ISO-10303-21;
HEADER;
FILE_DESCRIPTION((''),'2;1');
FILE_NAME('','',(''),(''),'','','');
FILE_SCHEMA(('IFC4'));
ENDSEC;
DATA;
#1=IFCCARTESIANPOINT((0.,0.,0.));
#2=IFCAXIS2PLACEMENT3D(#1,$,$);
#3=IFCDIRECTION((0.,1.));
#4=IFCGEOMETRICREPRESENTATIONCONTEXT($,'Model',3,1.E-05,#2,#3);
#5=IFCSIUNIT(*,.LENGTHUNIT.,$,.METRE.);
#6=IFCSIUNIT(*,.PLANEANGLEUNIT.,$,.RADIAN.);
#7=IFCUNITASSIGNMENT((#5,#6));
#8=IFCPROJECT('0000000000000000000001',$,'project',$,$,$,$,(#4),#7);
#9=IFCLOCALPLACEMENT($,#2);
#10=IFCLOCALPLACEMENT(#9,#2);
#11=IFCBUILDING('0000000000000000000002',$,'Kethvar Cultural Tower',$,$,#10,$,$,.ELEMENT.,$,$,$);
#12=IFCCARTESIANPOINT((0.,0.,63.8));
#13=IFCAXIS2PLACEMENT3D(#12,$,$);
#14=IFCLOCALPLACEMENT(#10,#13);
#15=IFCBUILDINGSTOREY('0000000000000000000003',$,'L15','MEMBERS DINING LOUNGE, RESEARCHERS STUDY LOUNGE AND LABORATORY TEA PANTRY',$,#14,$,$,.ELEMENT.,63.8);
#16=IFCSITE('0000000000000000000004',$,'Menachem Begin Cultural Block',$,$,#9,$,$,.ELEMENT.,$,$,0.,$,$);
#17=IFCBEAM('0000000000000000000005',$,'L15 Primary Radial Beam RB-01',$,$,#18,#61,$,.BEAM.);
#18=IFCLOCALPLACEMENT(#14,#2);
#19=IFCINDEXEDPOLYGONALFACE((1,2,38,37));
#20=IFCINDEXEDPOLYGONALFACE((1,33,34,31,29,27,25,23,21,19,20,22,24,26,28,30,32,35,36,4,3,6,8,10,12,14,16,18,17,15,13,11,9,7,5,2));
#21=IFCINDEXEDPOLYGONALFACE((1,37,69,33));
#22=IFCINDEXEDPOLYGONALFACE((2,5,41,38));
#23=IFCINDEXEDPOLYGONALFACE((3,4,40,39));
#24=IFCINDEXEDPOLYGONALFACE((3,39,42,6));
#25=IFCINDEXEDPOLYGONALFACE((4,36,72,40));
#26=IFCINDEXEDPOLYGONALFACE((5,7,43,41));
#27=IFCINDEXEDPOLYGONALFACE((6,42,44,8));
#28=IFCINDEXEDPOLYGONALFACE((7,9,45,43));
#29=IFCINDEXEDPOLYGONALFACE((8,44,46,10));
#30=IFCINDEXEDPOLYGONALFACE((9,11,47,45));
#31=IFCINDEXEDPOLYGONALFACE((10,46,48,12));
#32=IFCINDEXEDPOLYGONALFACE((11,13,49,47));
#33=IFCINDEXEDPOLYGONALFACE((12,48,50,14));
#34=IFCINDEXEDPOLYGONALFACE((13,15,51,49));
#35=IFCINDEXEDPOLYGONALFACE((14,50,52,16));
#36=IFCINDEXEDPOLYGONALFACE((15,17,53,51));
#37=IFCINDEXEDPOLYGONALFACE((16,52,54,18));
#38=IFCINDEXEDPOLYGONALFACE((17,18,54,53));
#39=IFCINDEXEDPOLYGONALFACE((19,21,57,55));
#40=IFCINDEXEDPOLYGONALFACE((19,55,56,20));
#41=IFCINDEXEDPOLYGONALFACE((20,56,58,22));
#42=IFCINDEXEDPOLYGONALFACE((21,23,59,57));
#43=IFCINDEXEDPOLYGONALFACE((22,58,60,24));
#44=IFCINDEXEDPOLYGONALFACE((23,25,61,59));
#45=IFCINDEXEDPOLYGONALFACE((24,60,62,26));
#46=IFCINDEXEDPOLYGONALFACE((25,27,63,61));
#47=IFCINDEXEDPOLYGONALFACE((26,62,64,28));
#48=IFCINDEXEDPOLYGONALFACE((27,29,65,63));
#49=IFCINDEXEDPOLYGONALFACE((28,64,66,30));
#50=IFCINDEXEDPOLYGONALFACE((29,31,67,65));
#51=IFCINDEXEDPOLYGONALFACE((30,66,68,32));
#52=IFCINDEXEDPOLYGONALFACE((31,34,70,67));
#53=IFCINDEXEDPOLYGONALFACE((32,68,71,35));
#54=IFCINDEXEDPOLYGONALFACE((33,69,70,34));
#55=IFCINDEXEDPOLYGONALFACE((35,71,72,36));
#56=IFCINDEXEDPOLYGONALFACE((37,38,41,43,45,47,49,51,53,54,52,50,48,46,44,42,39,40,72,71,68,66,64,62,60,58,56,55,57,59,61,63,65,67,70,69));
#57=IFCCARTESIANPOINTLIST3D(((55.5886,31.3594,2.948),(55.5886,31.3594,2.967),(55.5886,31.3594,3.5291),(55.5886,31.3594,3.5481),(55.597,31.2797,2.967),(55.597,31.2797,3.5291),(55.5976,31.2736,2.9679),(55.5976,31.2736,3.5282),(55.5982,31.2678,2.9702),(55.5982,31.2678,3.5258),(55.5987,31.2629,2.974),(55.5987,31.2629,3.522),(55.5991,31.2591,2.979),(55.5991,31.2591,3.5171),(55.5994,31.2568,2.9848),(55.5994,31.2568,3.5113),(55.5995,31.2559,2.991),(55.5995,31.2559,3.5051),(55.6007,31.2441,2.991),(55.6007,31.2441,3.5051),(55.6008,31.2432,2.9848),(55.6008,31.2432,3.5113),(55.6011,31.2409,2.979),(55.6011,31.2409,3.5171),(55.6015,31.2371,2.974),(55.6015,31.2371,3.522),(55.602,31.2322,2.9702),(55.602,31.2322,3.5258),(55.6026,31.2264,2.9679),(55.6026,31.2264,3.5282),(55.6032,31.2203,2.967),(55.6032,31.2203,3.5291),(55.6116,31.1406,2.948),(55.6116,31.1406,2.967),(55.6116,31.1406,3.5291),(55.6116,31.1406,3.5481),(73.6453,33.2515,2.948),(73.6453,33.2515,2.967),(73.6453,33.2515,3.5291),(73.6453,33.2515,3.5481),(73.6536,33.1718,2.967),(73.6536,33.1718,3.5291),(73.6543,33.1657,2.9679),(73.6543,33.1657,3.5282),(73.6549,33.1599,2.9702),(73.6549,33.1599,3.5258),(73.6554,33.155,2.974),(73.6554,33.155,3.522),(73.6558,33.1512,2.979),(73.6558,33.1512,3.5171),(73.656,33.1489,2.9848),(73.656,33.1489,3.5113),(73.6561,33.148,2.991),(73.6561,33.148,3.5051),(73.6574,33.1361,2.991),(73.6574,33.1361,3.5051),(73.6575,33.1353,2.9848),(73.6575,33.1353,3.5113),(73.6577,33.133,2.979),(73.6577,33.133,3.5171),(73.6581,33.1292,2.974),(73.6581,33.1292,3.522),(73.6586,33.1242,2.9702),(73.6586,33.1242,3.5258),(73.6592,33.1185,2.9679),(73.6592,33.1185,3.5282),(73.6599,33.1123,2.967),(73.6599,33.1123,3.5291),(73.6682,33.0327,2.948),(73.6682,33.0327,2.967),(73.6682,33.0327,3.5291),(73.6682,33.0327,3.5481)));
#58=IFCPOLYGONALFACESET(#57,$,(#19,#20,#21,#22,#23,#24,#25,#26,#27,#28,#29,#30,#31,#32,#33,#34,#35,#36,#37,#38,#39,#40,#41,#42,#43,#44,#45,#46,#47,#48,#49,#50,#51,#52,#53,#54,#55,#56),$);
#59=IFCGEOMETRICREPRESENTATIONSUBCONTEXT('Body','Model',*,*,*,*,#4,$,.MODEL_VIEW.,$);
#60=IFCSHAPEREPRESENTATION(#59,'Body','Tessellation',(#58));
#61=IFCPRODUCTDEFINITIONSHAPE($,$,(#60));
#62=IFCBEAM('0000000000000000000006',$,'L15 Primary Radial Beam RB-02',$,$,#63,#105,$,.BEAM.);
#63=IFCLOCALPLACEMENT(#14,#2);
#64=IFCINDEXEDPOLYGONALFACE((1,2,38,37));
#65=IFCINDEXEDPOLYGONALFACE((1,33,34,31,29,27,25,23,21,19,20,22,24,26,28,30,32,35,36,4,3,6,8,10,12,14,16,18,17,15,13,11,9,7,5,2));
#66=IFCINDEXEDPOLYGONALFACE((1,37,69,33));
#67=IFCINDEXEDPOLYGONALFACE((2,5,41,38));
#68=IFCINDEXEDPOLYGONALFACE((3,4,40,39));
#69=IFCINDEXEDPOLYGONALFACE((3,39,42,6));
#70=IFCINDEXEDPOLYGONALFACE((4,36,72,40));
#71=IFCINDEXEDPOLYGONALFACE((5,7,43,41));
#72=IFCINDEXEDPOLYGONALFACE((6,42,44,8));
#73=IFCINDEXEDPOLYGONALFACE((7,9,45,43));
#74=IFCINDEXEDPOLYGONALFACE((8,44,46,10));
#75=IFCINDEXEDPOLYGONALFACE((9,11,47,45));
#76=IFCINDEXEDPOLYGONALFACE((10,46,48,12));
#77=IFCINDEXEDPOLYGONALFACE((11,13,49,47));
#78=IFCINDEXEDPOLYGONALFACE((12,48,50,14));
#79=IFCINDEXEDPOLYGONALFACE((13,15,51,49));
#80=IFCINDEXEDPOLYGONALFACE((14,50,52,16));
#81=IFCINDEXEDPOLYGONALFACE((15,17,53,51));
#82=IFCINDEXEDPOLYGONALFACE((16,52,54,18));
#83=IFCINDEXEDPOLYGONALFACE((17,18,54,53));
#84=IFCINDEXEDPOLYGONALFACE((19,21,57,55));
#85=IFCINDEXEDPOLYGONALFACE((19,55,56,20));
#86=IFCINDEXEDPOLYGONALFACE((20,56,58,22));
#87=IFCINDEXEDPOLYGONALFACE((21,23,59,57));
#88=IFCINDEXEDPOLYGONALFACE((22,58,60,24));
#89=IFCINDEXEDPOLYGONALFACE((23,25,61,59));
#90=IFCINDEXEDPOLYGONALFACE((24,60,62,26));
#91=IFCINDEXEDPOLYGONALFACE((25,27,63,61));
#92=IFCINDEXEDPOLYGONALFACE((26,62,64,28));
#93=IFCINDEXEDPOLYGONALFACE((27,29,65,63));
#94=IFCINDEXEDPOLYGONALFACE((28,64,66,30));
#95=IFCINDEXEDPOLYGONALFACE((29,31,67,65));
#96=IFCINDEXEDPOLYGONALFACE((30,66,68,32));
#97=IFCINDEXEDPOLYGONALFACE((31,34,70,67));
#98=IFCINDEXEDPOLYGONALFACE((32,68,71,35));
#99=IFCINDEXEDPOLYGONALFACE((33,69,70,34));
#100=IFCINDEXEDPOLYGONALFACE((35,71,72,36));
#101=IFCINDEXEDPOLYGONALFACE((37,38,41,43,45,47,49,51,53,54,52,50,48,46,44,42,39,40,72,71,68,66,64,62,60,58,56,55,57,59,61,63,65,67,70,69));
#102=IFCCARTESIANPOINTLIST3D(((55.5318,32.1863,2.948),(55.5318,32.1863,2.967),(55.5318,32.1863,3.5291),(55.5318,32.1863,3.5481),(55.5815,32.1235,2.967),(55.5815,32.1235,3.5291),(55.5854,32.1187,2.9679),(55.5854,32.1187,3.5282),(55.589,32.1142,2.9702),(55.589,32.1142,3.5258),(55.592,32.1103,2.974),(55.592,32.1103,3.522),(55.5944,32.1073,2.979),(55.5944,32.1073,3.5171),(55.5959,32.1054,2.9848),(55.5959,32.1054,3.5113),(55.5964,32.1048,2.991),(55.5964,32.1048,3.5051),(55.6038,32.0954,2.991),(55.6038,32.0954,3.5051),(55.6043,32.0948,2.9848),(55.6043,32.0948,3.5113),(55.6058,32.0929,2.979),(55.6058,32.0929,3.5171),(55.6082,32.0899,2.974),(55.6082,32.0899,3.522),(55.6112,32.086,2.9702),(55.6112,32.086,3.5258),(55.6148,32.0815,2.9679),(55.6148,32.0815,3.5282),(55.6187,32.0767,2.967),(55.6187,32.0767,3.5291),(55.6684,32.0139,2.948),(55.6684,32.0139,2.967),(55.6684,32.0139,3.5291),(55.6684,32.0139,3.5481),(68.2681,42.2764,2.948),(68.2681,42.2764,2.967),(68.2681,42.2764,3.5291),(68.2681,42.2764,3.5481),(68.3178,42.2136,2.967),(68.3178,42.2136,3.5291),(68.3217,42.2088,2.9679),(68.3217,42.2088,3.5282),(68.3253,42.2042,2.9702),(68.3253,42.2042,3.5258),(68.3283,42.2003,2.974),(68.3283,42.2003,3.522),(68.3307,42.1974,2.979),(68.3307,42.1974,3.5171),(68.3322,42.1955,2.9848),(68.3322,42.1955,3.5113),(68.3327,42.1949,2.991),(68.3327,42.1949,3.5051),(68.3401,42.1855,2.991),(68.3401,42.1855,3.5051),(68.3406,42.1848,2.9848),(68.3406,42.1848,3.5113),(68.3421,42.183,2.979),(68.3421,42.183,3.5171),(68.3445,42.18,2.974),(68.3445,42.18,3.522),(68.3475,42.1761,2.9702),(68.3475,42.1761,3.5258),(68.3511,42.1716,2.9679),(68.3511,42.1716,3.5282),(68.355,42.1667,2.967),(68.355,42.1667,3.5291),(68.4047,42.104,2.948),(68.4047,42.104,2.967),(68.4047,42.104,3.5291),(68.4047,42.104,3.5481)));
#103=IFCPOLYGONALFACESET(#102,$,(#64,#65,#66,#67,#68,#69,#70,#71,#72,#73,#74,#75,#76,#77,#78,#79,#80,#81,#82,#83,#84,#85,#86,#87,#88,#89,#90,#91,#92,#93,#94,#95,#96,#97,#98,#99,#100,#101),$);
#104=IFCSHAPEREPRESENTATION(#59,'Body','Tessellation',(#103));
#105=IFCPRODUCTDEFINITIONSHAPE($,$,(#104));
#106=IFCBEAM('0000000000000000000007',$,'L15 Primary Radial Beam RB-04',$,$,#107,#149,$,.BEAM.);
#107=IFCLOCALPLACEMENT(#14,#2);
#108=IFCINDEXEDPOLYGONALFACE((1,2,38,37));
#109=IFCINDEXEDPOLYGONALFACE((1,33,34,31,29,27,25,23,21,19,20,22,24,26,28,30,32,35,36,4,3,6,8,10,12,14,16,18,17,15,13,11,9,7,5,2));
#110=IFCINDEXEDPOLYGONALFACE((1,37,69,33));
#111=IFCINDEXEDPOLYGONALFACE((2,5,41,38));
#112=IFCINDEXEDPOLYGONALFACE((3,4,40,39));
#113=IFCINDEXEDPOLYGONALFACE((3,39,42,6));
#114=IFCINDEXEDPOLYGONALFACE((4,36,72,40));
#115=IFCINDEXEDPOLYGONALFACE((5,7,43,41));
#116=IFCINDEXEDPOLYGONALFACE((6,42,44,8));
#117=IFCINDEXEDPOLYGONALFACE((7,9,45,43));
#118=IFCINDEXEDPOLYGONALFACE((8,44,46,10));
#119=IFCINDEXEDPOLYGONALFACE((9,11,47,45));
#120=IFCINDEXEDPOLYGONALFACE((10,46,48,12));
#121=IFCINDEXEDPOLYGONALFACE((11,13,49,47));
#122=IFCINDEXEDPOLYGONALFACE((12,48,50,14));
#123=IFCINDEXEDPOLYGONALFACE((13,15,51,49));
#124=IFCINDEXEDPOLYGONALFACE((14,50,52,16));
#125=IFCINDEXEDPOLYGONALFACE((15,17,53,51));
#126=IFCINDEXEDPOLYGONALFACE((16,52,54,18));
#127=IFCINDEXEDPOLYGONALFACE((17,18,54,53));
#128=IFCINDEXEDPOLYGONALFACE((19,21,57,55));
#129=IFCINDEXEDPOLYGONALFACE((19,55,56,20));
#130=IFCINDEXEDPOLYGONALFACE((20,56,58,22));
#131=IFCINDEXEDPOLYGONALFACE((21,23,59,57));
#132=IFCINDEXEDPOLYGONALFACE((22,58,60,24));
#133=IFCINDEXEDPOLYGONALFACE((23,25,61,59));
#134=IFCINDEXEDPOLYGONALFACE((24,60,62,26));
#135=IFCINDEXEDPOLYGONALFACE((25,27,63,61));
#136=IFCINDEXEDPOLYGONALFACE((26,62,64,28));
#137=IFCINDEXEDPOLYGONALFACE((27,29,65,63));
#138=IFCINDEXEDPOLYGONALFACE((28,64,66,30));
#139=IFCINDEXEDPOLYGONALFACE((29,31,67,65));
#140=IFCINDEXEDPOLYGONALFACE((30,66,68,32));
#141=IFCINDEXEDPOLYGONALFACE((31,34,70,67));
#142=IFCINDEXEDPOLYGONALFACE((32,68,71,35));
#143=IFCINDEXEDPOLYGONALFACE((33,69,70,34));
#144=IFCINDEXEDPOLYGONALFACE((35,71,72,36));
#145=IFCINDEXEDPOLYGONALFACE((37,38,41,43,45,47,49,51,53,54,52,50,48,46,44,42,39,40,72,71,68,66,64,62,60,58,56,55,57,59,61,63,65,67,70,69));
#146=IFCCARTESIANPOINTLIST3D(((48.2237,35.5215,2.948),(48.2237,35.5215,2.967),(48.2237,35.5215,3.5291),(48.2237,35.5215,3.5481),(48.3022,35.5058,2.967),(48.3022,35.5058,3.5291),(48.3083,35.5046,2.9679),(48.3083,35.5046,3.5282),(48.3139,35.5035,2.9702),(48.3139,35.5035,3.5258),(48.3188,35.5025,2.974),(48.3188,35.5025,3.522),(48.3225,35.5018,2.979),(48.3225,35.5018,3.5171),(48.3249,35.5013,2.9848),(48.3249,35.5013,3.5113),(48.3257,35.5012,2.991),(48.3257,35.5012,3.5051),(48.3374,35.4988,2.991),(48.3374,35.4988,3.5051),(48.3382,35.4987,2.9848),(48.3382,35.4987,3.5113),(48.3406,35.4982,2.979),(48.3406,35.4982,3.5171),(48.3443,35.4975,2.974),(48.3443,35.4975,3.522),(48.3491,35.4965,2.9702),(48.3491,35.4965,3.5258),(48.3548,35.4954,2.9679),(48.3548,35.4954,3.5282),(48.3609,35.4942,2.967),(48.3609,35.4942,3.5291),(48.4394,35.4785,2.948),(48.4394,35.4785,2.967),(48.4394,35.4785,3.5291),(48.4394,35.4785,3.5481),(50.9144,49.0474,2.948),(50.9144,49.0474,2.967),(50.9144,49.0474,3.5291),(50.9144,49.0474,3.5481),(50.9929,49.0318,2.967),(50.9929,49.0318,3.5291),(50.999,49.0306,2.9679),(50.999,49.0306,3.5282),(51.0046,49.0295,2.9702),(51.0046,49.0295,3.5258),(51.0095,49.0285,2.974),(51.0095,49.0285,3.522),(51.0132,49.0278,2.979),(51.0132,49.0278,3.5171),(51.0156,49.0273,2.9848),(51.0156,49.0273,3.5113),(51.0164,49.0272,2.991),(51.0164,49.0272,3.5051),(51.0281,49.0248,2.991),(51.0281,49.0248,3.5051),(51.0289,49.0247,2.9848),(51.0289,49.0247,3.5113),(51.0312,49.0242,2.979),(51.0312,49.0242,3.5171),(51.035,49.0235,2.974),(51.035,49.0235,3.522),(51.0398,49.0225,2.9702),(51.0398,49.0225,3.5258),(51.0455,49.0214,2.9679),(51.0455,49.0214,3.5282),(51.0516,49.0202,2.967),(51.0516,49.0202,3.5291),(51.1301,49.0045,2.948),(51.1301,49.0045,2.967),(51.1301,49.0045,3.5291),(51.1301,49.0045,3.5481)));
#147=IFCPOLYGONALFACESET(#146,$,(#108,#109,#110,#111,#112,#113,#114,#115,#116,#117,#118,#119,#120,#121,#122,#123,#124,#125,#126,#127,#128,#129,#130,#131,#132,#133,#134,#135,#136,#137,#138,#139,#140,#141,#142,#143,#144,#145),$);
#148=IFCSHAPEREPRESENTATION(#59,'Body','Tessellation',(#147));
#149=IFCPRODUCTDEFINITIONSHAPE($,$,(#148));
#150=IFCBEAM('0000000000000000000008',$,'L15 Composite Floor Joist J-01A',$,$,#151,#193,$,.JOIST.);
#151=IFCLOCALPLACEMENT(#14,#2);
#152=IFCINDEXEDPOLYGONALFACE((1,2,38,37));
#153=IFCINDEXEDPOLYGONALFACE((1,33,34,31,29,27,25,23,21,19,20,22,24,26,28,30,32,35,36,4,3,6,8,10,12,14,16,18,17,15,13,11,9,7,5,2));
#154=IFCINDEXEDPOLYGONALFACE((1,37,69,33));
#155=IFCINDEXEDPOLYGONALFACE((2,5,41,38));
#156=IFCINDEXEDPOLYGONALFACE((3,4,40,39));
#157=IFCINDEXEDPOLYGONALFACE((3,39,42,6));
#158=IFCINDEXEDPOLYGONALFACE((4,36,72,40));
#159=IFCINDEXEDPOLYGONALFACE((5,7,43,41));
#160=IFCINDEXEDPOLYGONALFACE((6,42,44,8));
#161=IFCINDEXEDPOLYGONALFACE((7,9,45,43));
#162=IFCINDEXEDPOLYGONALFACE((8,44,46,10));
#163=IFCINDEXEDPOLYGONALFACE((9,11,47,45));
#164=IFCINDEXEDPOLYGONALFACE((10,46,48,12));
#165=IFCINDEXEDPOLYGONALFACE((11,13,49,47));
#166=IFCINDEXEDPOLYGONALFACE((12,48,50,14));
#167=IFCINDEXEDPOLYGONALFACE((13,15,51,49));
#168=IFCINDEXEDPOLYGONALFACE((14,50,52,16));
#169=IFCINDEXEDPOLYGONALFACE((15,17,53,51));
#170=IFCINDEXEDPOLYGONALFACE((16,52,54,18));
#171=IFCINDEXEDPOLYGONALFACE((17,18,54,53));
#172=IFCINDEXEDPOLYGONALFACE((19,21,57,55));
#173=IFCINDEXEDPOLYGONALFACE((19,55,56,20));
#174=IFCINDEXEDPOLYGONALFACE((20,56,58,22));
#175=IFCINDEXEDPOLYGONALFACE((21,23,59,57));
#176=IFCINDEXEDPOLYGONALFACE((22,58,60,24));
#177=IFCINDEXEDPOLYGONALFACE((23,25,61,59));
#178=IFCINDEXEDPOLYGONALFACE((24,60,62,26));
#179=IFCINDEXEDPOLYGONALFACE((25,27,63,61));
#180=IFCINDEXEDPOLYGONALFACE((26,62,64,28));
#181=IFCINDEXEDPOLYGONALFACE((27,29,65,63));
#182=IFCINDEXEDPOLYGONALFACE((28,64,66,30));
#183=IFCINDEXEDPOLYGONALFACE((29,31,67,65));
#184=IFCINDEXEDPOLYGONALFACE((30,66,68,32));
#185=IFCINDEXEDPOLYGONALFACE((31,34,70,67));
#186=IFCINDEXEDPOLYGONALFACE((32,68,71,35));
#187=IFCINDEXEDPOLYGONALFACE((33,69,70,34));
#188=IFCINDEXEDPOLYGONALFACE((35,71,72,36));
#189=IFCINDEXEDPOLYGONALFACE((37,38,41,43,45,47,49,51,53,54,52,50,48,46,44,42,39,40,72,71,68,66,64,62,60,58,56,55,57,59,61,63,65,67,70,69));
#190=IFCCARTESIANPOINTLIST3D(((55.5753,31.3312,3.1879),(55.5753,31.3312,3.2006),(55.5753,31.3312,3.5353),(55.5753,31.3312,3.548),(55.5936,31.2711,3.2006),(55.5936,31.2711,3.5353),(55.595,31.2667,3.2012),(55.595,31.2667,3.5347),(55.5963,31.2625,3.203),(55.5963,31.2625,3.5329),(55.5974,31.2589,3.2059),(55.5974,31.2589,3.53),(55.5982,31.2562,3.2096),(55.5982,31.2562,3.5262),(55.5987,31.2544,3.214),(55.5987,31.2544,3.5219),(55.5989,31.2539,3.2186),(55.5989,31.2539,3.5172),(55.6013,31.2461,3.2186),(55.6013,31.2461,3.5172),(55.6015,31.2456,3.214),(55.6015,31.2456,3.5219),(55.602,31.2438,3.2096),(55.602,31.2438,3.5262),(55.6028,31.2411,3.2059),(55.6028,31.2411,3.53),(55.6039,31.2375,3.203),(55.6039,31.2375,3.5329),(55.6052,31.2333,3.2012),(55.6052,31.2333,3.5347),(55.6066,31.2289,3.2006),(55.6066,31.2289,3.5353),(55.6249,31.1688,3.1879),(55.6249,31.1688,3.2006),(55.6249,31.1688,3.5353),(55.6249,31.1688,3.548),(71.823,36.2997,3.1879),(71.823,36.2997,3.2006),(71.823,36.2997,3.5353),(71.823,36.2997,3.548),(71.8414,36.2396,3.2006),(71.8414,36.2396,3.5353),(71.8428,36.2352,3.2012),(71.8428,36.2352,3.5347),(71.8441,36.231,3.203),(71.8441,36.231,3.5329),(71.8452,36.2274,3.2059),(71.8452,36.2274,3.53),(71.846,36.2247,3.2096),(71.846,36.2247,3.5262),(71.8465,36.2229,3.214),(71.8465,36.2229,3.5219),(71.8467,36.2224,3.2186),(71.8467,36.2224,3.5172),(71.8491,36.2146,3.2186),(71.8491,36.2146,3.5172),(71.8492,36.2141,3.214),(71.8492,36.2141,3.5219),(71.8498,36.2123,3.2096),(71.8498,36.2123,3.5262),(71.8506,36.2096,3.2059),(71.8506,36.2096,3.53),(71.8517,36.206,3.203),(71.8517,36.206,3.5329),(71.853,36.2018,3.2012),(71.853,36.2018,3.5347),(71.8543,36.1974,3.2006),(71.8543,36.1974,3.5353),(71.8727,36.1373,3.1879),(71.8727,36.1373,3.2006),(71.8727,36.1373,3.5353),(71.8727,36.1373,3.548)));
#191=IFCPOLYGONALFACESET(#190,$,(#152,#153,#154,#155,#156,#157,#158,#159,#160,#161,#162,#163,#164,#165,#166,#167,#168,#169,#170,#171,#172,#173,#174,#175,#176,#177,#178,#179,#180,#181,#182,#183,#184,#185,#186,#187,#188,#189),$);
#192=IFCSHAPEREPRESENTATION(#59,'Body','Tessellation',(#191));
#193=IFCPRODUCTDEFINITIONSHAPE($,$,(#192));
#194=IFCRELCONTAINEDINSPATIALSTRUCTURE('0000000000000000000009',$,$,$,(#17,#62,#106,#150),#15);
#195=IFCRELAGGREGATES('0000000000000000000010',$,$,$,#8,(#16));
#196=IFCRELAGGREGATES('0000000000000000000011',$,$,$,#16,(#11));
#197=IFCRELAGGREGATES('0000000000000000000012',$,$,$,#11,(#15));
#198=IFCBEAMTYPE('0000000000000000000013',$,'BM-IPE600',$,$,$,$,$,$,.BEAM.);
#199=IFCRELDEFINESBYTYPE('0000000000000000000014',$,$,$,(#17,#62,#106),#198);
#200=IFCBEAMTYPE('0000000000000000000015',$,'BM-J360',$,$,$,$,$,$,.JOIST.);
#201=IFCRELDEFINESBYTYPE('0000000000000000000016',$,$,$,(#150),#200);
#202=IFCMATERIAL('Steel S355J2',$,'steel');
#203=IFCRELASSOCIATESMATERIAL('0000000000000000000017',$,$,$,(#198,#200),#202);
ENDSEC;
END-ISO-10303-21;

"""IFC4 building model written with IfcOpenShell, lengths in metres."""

from ifc_helpers import new_model, si_unit, direction, frame, origin, origin_2d, place, context, subcontext, project, spatial, i_section, extrude, source, transform, mapped, material, material_profile, profile_set, type_object, element, save


model = new_model("IFC4")

# Units and contexts
model_context = context("Model", 3, precision=1e-05, world=origin(), true_north=direction((0.0, 1.0)))
body_context = subcontext(model_context, "Body", "Model", "MODEL_VIEW")
ifc_project = project(units=[si_unit("LENGTHUNIT", "METRE"), si_unit("PLANEANGLEUNIT", "RADIAN")], contexts=[model_context])

# Site, building, storey
site_placement = place(None, origin())
site = spatial("IfcSite", under=ifc_project, at=site_placement, Name="Menachem Begin Cultural Block", CompositionType="ELEMENT", RefElevation=0.0)
building_placement = place(site_placement, origin())
building = spatial("IfcBuilding", under=site, at=building_placement, Name="Kethvar Cultural Tower", CompositionType="ELEMENT")
storey_placement = place(building_placement, frame((0.0, 0.0, 63.8)))
storey = spatial("IfcBuildingStorey", under=building, at=storey_placement, Name="L15", Description="MEMBERS DINING LOUNGE, RESEARCHERS STUDY LOUNGE AND LABORATORY TEA PANTRY", CompositionType="ELEMENT", Elevation=63.8)

# Beams
ifc_material_1 = material(Name="Steel S355J2", Category="steel")
ifc_material_profile_1 = material_profile(ifc_material_1, i_section(OverallWidth=0.22, OverallDepth=0.6001, WebThickness=0.012, FlangeThickness=0.019, FilletRadius=0.0239, at=origin_2d()), Name="Steel S355J2 — IPE600")
ifc_profile_set_1 = profile_set([ifc_material_profile_1], Name="Steel S355J2 — IPE600")
beam_type_1 = type_object("IfcBeamType", Name="BM-IPE600", PredefinedType="BEAM", material=ifc_profile_set_1)
shared_shape_1 = source(origin(), body_context, "Body", "SweptSolid", [
    extrude(i_section(OverallWidth=0.22, OverallDepth=0.6001, WebThickness=0.012, FlangeThickness=0.019, FilletRadius=0.0239, at=origin_2d()), origin(), (0.0, 0.0, 1.0), 18.1555),
])
beam_1_placement = place(storey_placement, frame((55.6001, 31.25, 3.248), z_axis=(0.994555, 0.104216, 0.0), x_axis=(-0.104216, 0.994555, 0.0)))
element("IfcBeam", 1, at=beam_1_placement, inside=storey, type_object=beam_type_1, Name="L15 Primary Radial Beam RB-01", PredefinedType="BEAM", context=body_context, shape_type="MappedRepresentation", body=[
    mapped(shared_shape_1, transform((0.0, 0.0, 0.0), scale=1.0)),
])
shared_shape_2 = source(origin(), body_context, "Body", "SweptSolid", [
    extrude(i_section(OverallWidth=0.22, OverallDepth=0.6001, WebThickness=0.012, FlangeThickness=0.019, FilletRadius=0.0239, at=origin_2d()), origin(), (0.0, 0.0, 1.0), 16.2488),
])
beam_2_placement = place(storey_placement, frame((55.6001, 32.1001, 3.248), z_axis=(0.783831, 0.620974, 0.0), x_axis=(-0.620974, 0.783831, 0.0)))
element("IfcBeam", 2, at=beam_2_placement, inside=storey, type_object=beam_type_1, Name="L15 Primary Radial Beam RB-02", PredefinedType="BEAM", context=body_context, shape_type="MappedRepresentation", body=[
    mapped(shared_shape_2, transform((0.0, 0.0, 0.0), scale=1.0)),
])
shared_shape_3 = source(origin(), body_context, "Body", "SweptSolid", [
    extrude(i_section(OverallWidth=0.22, OverallDepth=0.6001, WebThickness=0.012, FlangeThickness=0.019, FilletRadius=0.0239, at=origin_2d()), origin(), (0.0, 0.0, 1.0), 13.791),
])
beam_3_placement = place(storey_placement, frame((48.3315, 35.5, 3.248), z_axis=(0.195105, 0.980782, 0.0), x_axis=(-0.980782, 0.195105, 0.0)))
element("IfcBeam", 3, at=beam_3_placement, inside=storey, type_object=beam_type_1, Name="L15 Primary Radial Beam RB-04", PredefinedType="BEAM", context=body_context, shape_type="MappedRepresentation", body=[
    mapped(shared_shape_3, transform((0.0, 0.0, 0.0), scale=1.0)),
])
ifc_material_profile_2 = material_profile(ifc_material_1, i_section(OverallWidth=0.1699, OverallDepth=0.3601, WebThickness=0.0081, FlangeThickness=0.0127, FilletRadius=0.0181, at=origin_2d()), Name="Steel S355J2 — IPE360")
ifc_profile_set_2 = profile_set([ifc_material_profile_2], Name="Steel S355J2 — IPE360")
beam_type_2 = type_object("IfcBeamType", Name="BM-J360", PredefinedType="JOIST", material=ifc_profile_set_2)
shared_shape_4 = source(origin(), body_context, "Body", "SweptSolid", [
    extrude(i_section(OverallWidth=0.1699, OverallDepth=0.3601, WebThickness=0.0081, FlangeThickness=0.0127, FilletRadius=0.0181, at=origin_2d()), origin(), (0.0, 0.0, 1.0), 16.9905),
])
beam_4_placement = place(storey_placement, frame((55.6001, 31.25, 3.3679), z_axis=(0.956287, 0.292428, 0.0), x_axis=(-0.292428, 0.956287, 0.0)))
element("IfcBeam", 4, at=beam_4_placement, inside=storey, type_object=beam_type_2, Name="L15 Composite Floor Joist J-01A", PredefinedType="JOIST", context=body_context, shape_type="MappedRepresentation", body=[
    mapped(shared_shape_4, transform((0.0, 0.0, 0.0), scale=1.0)),
])

save(model, "model.ifc")
